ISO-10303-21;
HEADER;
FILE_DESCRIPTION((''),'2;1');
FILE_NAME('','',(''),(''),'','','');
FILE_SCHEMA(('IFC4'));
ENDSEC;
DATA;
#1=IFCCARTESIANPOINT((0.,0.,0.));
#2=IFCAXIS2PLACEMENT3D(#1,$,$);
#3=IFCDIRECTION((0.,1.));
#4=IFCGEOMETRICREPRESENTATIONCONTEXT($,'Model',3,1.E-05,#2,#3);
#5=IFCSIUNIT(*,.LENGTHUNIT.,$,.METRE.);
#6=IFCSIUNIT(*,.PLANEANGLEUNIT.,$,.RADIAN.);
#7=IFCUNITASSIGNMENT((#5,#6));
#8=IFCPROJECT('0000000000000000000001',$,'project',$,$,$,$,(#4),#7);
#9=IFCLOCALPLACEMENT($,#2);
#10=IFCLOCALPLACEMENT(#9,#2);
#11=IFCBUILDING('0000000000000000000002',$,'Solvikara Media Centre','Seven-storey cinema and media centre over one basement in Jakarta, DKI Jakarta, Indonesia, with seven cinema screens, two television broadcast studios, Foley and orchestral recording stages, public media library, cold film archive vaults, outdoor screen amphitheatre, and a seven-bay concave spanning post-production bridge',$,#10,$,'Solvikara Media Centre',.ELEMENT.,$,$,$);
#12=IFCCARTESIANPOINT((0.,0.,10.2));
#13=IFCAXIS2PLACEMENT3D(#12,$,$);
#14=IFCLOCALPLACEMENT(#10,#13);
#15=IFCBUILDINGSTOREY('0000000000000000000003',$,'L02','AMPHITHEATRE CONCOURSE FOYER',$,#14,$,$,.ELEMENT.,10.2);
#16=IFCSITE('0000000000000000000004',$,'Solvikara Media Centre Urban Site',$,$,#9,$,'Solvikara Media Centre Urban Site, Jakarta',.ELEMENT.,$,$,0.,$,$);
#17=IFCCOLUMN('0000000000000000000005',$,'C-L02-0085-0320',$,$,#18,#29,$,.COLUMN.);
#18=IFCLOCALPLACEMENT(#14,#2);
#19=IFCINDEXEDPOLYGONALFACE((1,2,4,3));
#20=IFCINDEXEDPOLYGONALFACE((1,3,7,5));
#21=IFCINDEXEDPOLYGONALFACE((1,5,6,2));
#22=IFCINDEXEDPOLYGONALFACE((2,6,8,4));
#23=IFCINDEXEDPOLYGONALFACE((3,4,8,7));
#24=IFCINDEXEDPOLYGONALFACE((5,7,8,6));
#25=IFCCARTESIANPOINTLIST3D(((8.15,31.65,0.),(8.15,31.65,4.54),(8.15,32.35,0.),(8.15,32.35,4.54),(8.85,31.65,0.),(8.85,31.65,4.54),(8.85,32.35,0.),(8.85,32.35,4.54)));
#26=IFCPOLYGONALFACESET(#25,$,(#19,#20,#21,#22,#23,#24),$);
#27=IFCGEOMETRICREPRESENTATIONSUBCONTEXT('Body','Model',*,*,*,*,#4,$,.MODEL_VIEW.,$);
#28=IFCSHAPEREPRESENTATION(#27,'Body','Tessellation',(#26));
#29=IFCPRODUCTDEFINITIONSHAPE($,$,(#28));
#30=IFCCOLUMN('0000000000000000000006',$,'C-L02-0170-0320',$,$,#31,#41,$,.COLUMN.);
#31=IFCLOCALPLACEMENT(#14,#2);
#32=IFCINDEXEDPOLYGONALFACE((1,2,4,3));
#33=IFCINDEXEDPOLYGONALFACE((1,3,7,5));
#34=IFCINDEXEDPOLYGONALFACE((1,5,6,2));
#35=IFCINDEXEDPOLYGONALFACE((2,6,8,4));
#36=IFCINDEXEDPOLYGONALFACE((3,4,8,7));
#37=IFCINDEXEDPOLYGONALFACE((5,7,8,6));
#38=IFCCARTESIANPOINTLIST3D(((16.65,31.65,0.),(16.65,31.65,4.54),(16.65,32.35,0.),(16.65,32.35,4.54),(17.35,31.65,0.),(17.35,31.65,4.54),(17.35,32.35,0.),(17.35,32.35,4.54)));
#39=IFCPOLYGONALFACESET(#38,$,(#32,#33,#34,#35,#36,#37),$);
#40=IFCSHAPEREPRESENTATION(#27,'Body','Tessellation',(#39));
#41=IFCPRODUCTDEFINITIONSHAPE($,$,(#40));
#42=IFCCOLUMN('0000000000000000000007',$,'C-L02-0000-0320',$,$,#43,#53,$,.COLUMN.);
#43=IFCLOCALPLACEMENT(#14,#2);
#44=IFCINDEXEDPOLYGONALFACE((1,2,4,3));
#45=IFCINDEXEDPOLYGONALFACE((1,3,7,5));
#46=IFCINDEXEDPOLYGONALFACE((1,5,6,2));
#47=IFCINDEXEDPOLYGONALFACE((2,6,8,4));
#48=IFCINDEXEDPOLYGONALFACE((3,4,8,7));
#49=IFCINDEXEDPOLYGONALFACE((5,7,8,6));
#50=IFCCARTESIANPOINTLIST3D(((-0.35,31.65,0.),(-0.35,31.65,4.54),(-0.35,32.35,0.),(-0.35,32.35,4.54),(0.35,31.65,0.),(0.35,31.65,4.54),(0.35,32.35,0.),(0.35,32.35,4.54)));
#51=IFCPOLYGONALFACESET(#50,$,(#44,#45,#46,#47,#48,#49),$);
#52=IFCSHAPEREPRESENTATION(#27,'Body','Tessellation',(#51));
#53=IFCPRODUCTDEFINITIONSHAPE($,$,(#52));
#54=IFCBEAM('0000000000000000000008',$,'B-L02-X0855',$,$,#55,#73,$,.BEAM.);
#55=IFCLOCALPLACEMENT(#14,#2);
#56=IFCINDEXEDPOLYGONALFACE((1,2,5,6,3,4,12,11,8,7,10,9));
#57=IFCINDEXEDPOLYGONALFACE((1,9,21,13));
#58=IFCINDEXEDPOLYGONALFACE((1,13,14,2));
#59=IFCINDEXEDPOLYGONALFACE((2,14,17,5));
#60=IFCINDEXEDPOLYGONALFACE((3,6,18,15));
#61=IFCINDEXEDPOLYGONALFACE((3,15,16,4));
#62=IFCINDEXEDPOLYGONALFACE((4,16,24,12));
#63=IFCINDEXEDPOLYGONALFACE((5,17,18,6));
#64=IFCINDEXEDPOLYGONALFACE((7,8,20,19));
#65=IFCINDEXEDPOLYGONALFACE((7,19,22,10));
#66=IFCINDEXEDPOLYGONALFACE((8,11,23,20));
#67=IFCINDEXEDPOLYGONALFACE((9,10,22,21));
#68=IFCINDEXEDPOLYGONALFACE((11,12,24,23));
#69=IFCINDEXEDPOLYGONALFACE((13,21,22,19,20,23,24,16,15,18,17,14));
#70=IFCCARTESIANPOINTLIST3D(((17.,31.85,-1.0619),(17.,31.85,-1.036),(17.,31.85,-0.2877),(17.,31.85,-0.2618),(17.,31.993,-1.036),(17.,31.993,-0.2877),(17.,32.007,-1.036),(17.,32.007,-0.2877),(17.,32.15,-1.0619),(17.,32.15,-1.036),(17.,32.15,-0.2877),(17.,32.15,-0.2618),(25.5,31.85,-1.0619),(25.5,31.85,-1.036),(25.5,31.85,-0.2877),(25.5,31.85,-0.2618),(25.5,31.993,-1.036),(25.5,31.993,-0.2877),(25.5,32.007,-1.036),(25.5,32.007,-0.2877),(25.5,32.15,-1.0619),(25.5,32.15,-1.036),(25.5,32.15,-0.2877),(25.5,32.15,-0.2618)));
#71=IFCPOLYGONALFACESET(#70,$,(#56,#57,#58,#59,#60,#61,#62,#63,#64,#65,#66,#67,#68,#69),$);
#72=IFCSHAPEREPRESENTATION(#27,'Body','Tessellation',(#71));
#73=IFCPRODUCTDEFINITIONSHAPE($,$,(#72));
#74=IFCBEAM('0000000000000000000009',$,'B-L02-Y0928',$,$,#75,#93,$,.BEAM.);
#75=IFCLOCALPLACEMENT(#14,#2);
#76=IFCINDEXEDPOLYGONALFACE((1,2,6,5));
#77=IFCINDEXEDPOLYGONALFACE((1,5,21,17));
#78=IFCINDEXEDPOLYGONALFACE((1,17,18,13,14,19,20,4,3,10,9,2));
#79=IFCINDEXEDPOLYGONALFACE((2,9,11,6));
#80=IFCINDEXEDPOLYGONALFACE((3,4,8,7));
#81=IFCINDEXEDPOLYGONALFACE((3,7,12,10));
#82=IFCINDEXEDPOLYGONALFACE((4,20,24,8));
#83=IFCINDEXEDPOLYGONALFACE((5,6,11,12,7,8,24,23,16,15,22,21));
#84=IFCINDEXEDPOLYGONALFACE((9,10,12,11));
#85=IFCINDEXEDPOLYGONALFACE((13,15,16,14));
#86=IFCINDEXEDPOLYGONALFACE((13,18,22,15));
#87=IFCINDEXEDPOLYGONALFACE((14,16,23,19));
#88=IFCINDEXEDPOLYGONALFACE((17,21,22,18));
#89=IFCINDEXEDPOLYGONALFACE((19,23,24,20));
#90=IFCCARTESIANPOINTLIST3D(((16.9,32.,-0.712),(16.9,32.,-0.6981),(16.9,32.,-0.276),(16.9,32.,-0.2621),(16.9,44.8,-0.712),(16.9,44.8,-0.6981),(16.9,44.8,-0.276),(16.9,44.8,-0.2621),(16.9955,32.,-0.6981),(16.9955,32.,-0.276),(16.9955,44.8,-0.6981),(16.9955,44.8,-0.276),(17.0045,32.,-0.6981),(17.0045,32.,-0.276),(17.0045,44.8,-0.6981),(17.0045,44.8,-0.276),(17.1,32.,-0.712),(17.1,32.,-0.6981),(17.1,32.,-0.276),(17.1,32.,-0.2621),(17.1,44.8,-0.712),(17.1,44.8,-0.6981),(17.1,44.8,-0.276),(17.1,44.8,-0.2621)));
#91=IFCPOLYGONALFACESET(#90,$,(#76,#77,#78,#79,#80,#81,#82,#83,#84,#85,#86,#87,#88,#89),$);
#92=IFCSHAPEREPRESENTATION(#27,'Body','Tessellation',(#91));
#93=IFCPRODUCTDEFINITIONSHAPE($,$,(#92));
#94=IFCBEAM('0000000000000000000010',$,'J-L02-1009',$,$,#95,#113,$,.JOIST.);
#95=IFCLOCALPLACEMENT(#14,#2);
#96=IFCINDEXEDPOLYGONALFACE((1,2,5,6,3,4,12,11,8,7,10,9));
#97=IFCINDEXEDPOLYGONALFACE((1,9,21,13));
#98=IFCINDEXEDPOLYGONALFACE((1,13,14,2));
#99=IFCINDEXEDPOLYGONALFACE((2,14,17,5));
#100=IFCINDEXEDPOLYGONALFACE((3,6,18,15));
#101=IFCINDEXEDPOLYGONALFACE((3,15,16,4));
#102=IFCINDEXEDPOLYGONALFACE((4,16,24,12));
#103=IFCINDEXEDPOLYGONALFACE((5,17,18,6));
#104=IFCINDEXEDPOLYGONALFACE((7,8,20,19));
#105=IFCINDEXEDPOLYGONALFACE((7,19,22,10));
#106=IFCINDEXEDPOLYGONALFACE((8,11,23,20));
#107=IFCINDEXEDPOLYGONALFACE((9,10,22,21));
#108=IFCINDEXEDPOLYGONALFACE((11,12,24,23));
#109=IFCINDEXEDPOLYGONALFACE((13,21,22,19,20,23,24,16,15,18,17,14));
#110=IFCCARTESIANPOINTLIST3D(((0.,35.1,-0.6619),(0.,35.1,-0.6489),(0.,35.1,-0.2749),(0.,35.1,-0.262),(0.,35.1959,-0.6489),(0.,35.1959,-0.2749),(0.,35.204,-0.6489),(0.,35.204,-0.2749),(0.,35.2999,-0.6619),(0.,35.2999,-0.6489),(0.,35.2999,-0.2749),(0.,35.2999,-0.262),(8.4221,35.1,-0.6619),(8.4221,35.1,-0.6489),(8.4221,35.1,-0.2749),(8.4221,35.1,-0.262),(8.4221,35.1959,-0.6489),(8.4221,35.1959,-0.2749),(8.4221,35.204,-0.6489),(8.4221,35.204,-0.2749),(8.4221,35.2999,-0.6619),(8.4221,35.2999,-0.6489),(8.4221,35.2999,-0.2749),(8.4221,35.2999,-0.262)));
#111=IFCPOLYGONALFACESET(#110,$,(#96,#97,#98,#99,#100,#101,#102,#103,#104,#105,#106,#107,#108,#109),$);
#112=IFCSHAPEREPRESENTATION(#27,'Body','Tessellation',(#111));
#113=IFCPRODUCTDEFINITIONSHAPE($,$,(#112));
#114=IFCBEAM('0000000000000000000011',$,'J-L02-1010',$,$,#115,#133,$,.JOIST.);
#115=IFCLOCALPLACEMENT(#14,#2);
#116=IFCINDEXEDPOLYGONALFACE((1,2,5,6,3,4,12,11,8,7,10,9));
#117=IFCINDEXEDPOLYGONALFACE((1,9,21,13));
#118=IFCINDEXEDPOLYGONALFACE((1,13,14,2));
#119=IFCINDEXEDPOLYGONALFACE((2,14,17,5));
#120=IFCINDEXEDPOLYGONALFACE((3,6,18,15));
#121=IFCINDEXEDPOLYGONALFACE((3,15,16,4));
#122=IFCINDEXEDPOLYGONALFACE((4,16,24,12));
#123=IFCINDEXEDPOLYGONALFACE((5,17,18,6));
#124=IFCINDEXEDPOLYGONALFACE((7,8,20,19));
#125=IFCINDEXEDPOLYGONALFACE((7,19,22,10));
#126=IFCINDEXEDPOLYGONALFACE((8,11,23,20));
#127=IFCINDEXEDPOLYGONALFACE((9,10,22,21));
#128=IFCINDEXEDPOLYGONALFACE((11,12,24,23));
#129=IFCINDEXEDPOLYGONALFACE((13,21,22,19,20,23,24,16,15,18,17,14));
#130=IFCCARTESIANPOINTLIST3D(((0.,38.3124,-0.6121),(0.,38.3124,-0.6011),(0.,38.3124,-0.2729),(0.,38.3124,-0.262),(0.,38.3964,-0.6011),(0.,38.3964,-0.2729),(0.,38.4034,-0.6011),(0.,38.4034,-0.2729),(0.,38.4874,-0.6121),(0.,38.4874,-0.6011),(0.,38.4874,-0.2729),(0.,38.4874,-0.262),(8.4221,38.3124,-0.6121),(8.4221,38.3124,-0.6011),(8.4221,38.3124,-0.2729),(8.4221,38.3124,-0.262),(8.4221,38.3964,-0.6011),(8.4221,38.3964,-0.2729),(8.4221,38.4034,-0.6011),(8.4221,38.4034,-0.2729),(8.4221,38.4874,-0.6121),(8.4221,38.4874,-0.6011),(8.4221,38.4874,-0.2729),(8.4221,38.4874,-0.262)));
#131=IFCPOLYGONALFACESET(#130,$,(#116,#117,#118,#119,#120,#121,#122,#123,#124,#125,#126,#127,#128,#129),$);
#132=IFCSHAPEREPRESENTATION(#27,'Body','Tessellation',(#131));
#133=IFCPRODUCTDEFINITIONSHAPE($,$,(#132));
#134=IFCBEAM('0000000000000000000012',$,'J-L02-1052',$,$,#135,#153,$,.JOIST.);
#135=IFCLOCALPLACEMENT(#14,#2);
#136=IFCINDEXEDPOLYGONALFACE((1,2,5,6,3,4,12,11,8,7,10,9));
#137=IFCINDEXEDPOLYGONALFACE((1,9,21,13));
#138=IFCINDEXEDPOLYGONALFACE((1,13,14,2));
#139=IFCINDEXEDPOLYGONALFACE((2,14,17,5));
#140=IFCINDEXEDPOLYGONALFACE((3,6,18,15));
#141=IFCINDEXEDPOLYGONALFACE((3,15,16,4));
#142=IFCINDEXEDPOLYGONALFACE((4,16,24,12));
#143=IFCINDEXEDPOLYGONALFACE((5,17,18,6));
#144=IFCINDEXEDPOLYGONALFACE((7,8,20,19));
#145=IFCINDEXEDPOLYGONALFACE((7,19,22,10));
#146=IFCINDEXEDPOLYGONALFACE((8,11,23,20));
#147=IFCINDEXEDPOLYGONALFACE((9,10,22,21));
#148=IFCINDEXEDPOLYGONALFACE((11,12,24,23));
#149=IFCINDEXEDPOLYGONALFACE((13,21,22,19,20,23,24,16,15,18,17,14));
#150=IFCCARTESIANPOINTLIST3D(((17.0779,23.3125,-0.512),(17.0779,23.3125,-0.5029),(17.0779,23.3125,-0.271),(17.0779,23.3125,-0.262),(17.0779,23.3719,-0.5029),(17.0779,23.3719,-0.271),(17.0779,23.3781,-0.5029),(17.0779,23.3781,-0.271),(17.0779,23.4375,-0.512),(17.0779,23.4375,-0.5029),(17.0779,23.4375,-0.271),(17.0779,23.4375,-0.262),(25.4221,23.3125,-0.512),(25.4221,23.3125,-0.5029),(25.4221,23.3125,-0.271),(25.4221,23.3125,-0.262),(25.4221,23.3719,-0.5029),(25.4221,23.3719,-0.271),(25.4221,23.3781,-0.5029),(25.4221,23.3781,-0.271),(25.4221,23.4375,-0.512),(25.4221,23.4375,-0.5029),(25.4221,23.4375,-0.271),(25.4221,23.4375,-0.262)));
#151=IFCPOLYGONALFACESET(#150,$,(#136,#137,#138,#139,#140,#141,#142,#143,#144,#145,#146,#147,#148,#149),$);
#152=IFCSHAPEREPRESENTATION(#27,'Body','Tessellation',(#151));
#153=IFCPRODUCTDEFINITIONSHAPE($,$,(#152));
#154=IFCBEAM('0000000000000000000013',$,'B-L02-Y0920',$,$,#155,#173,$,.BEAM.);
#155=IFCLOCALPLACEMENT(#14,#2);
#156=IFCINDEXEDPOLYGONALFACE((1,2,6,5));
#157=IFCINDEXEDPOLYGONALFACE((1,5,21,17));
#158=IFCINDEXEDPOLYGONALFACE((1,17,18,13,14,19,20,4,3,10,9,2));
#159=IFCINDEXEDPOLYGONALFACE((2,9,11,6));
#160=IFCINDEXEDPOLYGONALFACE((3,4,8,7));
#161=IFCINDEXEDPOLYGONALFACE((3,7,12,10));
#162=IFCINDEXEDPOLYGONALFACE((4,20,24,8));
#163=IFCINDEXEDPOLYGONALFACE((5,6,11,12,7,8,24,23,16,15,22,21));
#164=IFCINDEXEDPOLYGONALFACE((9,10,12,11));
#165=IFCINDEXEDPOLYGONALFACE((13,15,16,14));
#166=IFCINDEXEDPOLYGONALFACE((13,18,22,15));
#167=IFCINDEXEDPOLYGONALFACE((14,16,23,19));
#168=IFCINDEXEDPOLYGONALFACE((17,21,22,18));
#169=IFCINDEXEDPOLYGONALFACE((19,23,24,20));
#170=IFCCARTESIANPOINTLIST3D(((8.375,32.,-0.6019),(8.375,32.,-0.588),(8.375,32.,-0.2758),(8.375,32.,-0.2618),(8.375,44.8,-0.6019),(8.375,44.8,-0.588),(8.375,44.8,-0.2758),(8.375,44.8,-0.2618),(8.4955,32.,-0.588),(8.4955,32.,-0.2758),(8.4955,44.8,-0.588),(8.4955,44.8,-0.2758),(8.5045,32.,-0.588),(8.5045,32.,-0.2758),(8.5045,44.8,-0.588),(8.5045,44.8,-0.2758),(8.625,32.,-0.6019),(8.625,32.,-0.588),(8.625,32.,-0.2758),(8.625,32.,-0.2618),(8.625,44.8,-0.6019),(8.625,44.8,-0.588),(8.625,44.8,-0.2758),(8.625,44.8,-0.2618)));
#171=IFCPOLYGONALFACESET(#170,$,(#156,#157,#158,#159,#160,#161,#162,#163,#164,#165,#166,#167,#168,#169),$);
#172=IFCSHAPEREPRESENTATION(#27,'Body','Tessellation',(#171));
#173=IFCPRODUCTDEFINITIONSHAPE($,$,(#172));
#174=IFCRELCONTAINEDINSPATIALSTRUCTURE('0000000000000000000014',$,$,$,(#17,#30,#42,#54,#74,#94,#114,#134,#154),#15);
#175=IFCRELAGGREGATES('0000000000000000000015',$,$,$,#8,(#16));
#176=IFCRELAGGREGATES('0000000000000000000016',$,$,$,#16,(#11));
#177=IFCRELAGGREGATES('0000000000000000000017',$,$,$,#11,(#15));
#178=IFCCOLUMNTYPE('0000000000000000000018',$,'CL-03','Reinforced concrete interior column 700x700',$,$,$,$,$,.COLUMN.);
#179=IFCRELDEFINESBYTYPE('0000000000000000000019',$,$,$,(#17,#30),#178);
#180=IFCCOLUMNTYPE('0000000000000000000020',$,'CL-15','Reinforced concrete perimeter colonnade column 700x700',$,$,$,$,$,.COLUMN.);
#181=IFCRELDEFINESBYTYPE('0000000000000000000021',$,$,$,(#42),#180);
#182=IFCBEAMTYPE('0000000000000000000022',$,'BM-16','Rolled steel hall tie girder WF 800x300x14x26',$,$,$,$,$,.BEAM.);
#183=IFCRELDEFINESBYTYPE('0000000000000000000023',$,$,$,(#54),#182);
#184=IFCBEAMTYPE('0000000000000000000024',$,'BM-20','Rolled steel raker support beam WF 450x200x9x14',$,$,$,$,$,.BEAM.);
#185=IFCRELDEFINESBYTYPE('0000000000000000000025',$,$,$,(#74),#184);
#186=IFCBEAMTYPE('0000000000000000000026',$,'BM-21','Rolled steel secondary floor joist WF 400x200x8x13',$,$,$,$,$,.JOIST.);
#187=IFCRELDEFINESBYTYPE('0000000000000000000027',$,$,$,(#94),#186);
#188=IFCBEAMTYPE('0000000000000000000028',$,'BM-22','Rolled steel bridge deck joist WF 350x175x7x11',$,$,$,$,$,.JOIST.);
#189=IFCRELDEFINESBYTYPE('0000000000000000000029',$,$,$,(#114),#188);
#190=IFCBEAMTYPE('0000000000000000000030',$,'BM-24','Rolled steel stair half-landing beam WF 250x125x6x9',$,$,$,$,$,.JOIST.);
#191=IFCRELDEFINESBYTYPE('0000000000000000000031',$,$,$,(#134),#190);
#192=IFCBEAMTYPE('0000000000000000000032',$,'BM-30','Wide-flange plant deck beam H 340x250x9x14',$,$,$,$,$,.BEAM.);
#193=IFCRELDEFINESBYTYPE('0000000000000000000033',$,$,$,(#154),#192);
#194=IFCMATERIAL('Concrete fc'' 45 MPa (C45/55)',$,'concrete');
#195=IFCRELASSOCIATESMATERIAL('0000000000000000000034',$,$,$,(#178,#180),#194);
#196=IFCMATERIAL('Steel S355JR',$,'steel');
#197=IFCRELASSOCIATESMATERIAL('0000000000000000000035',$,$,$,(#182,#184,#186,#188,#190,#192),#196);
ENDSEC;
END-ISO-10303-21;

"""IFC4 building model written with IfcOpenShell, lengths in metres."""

from ifc_helpers import new_model, si_unit, direction, frame, origin, origin_2d, place, context, subcontext, project, spatial, rectangle, i_section, extrude, material, material_profile, profile_set, type_object, element, save


model = new_model("IFC4")

# Units and contexts
model_context = context("Model", 3, precision=1e-05, world=origin(), true_north=direction((0.0, 1.0)))
body_context = subcontext(model_context, "Body", "Model", "MODEL_VIEW")
ifc_project = project(units=[si_unit("LENGTHUNIT", "METRE"), si_unit("PLANEANGLEUNIT", "RADIAN")], contexts=[model_context])

# Site, building, storey
site_placement = place(None, origin())
site = spatial("IfcSite", under=ifc_project, at=site_placement, Name="Solvikara Media Centre Urban Site", LongName="Solvikara Media Centre Urban Site, Jakarta", CompositionType="ELEMENT", RefElevation=0.0)
building_placement = place(site_placement, origin())
building = spatial("IfcBuilding", under=site, at=building_placement, Name="Solvikara Media Centre", Description="Seven-storey cinema and media centre over one basement in Jakarta, DKI Jakarta, Indonesia, with seven cinema screens, two television broadcast studios, Foley and orchestral recording stages, public media library, cold film archive vaults, outdoor screen amphitheatre, and a seven-bay concave spanning post-production bridge", LongName="Solvikara Media Centre", CompositionType="ELEMENT")
storey_placement = place(building_placement, frame((0.0, 0.0, 10.2)))
storey = spatial("IfcBuildingStorey", under=building, at=storey_placement, Name="L02", Description="AMPHITHEATRE CONCOURSE FOYER", CompositionType="ELEMENT", Elevation=10.2)

# Columns
ifc_material_1 = material(Name="Concrete fc' 45 MPa (C45/55)", Category="concrete")
ifc_material_profile_1 = material_profile(ifc_material_1, rectangle(XDim=0.7, YDim=0.7, at=origin_2d()), Name="RC 700x700")
ifc_profile_set_1 = profile_set([ifc_material_profile_1], Name="Concrete fc' 45 MPa (C45/55)")
column_type_1 = type_object("IfcColumnType", Name="CL-03", Description="Reinforced concrete interior column 700x700", PredefinedType="COLUMN", material=ifc_profile_set_1)
for number, where, z_axis, x_axis, name in (
    (1, (8.5, 32.0, 0.0), (0.0, 0.0, 1.0), (1.0, 0.0, 0.0), "C-L02-0085-0320"),
    (2, (17.0, 32.0, 0.0), (0.0, 0.0, 1.0), (1.0, 0.0, 0.0), "C-L02-0170-0320"),
):
    element("IfcColumn", number, at=place(storey_placement, frame(where, z_axis=z_axis, x_axis=x_axis)), inside=storey, type_object=column_type_1, Name=name, PredefinedType="COLUMN", context=body_context, shape_type="SweptSolid", body=[
        extrude(rectangle(XDim=0.7, YDim=0.7, at=origin_2d()), origin(), (0.0, 0.0, 1.0), 4.54),
    ])
ifc_material_profile_2 = material_profile(ifc_material_1, rectangle(XDim=0.7, YDim=0.7, at=origin_2d()), Name="RC 700x700")
ifc_profile_set_2 = profile_set([ifc_material_profile_2], Name="Concrete fc' 45 MPa (C45/55)")
column_type_2 = type_object("IfcColumnType", Name="CL-15", Description="Reinforced concrete perimeter colonnade column 700x700", PredefinedType="COLUMN", material=ifc_profile_set_2)
column_placement = place(storey_placement, frame((0.0, 32.0, 0.0), z_axis=(0.0, 0.0, 1.0), x_axis=(1.0, 0.0, 0.0)))
element("IfcColumn", 3, at=column_placement, inside=storey, type_object=column_type_2, Name="C-L02-0000-0320", PredefinedType="COLUMN", context=body_context, shape_type="SweptSolid", body=[
    extrude(rectangle(XDim=0.7, YDim=0.7, at=origin_2d()), origin(), (0.0, 0.0, 1.0), 4.54),
])

# Beams
ifc_material_2 = material(Name="Steel S355JR", Category="steel")
ifc_material_profile_3 = material_profile(ifc_material_2, i_section(OverallWidth=0.3, OverallDepth=0.8, WebThickness=0.0139, FlangeThickness=0.0259, at=origin_2d()), Name="WF 800x300x14x26")
ifc_profile_set_3 = profile_set([ifc_material_profile_3], Name="Steel S355JR")
beam_type_1 = type_object("IfcBeamType", Name="BM-16", Description="Rolled steel hall tie girder WF 800x300x14x26", PredefinedType="BEAM", material=ifc_profile_set_3)
beam_1_placement = place(storey_placement, frame((17.0, 32.0, -0.6619), z_axis=(1.0, 0.0, 0.0), x_axis=(0.0, 1.0, 0.0)))
element("IfcBeam", 4, at=beam_1_placement, inside=storey, type_object=beam_type_1, Name="B-L02-X0855", PredefinedType="BEAM", context=body_context, shape_type="SweptSolid", body=[
    extrude(i_section(OverallWidth=0.3, OverallDepth=0.8, WebThickness=0.0139, FlangeThickness=0.0259, at=origin_2d()), origin(), (0.0, 0.0, 1.0), 8.5),
])
ifc_material_profile_4 = material_profile(ifc_material_2, i_section(OverallWidth=0.2, OverallDepth=0.45, WebThickness=0.009, FlangeThickness=0.0139, at=origin_2d()), Name="WF 450x200x9x14")
ifc_profile_set_4 = profile_set([ifc_material_profile_4], Name="Steel S355JR")
beam_type_2 = type_object("IfcBeamType", Name="BM-20", Description="Rolled steel raker support beam WF 450x200x9x14", PredefinedType="BEAM", material=ifc_profile_set_4)
beam_2_placement = place(storey_placement, frame((17.0, 32.0, -0.4871), z_axis=(0.0, 1.0, 0.0), x_axis=(-1.0, 0.0, 0.0)))
element("IfcBeam", 5, at=beam_2_placement, inside=storey, type_object=beam_type_2, Name="B-L02-Y0928", PredefinedType="BEAM", context=body_context, shape_type="SweptSolid", body=[
    extrude(i_section(OverallWidth=0.2, OverallDepth=0.45, WebThickness=0.009, FlangeThickness=0.0139, at=origin_2d()), origin(), (0.0, 0.0, 1.0), 12.8),
])
ifc_material_profile_5 = material_profile(ifc_material_2, i_section(OverallWidth=0.2, OverallDepth=0.3999, WebThickness=0.0081, FlangeThickness=0.0129, at=origin_2d()), Name="WF 400x200x8x13")
ifc_profile_set_5 = profile_set([ifc_material_profile_5], Name="Steel S355JR")
beam_type_3 = type_object("IfcBeamType", Name="BM-21", Description="Rolled steel secondary floor joist WF 400x200x8x13", PredefinedType="JOIST", material=ifc_profile_set_5)
beam_3_placement = place(storey_placement, frame((0.0, 35.2, -0.4619), z_axis=(1.0, 0.0, 0.0), x_axis=(0.0, 1.0, 0.0)))
element("IfcBeam", 6, at=beam_3_placement, inside=storey, type_object=beam_type_3, Name="J-L02-1009", PredefinedType="JOIST", context=body_context, shape_type="SweptSolid", body=[
    extrude(i_section(OverallWidth=0.2, OverallDepth=0.3999, WebThickness=0.0081, FlangeThickness=0.0129, at=origin_2d()), origin(), (0.0, 0.0, 1.0), 8.4221),
])
ifc_material_profile_6 = material_profile(ifc_material_2, i_section(OverallWidth=0.175, OverallDepth=0.3501, WebThickness=0.0071, FlangeThickness=0.011, at=origin_2d()), Name="WF 350x175x7x11")
ifc_profile_set_6 = profile_set([ifc_material_profile_6], Name="Steel S355JR")
beam_type_4 = type_object("IfcBeamType", Name="BM-22", Description="Rolled steel bridge deck joist WF 350x175x7x11", PredefinedType="JOIST", material=ifc_profile_set_6)
beam_4_placement = place(storey_placement, frame((0.0, 38.3999, -0.437), z_axis=(1.0, 0.0, 0.0), x_axis=(0.0, 1.0, 0.0)))
element("IfcBeam", 7, at=beam_4_placement, inside=storey, type_object=beam_type_4, Name="J-L02-1010", PredefinedType="JOIST", context=body_context, shape_type="SweptSolid", body=[
    extrude(i_section(OverallWidth=0.175, OverallDepth=0.3501, WebThickness=0.0071, FlangeThickness=0.011, at=origin_2d()), origin(), (0.0, 0.0, 1.0), 8.4221),
])
ifc_material_profile_7 = material_profile(ifc_material_2, i_section(OverallWidth=0.125, OverallDepth=0.25, WebThickness=0.0061, FlangeThickness=0.009, at=origin_2d()), Name="WF 250x125x6x9")
ifc_profile_set_7 = profile_set([ifc_material_profile_7], Name="Steel S355JR")
beam_type_5 = type_object("IfcBeamType", Name="BM-24", Description="Rolled steel stair half-landing beam WF 250x125x6x9", PredefinedType="JOIST", material=ifc_profile_set_7)
beam_5_placement = place(storey_placement, frame((17.0779, 23.375, -0.387), z_axis=(1.0, 0.0, 0.0), x_axis=(0.0, 1.0, 0.0)))
element("IfcBeam", 8, at=beam_5_placement, inside=storey, type_object=beam_type_5, Name="J-L02-1052", PredefinedType="JOIST", context=body_context, shape_type="SweptSolid", body=[
    extrude(i_section(OverallWidth=0.125, OverallDepth=0.25, WebThickness=0.0061, FlangeThickness=0.009, at=origin_2d()), origin(), (0.0, 0.0, 1.0), 8.3442),
])
ifc_material_profile_8 = material_profile(ifc_material_2, i_section(OverallWidth=0.25, OverallDepth=0.3401, WebThickness=0.009, FlangeThickness=0.0139, at=origin_2d()), Name="H 340x250x9x14")
ifc_profile_set_8 = profile_set([ifc_material_profile_8], Name="Steel S355JR")
beam_type_6 = type_object("IfcBeamType", Name="BM-30", Description="Wide-flange plant deck beam H 340x250x9x14", PredefinedType="BEAM", material=ifc_profile_set_8)
beam_6_placement = place(storey_placement, frame((8.5, 32.0, -0.4319), z_axis=(0.0, 1.0, 0.0), x_axis=(-1.0, 0.0, 0.0)))
element("IfcBeam", 9, at=beam_6_placement, inside=storey, type_object=beam_type_6, Name="B-L02-Y0920", PredefinedType="BEAM", context=body_context, shape_type="SweptSolid", body=[
    extrude(i_section(OverallWidth=0.25, OverallDepth=0.3401, WebThickness=0.009, FlangeThickness=0.0139, at=origin_2d()), origin(), (0.0, 0.0, 1.0), 12.8),
])

save(model, "model.ifc")
